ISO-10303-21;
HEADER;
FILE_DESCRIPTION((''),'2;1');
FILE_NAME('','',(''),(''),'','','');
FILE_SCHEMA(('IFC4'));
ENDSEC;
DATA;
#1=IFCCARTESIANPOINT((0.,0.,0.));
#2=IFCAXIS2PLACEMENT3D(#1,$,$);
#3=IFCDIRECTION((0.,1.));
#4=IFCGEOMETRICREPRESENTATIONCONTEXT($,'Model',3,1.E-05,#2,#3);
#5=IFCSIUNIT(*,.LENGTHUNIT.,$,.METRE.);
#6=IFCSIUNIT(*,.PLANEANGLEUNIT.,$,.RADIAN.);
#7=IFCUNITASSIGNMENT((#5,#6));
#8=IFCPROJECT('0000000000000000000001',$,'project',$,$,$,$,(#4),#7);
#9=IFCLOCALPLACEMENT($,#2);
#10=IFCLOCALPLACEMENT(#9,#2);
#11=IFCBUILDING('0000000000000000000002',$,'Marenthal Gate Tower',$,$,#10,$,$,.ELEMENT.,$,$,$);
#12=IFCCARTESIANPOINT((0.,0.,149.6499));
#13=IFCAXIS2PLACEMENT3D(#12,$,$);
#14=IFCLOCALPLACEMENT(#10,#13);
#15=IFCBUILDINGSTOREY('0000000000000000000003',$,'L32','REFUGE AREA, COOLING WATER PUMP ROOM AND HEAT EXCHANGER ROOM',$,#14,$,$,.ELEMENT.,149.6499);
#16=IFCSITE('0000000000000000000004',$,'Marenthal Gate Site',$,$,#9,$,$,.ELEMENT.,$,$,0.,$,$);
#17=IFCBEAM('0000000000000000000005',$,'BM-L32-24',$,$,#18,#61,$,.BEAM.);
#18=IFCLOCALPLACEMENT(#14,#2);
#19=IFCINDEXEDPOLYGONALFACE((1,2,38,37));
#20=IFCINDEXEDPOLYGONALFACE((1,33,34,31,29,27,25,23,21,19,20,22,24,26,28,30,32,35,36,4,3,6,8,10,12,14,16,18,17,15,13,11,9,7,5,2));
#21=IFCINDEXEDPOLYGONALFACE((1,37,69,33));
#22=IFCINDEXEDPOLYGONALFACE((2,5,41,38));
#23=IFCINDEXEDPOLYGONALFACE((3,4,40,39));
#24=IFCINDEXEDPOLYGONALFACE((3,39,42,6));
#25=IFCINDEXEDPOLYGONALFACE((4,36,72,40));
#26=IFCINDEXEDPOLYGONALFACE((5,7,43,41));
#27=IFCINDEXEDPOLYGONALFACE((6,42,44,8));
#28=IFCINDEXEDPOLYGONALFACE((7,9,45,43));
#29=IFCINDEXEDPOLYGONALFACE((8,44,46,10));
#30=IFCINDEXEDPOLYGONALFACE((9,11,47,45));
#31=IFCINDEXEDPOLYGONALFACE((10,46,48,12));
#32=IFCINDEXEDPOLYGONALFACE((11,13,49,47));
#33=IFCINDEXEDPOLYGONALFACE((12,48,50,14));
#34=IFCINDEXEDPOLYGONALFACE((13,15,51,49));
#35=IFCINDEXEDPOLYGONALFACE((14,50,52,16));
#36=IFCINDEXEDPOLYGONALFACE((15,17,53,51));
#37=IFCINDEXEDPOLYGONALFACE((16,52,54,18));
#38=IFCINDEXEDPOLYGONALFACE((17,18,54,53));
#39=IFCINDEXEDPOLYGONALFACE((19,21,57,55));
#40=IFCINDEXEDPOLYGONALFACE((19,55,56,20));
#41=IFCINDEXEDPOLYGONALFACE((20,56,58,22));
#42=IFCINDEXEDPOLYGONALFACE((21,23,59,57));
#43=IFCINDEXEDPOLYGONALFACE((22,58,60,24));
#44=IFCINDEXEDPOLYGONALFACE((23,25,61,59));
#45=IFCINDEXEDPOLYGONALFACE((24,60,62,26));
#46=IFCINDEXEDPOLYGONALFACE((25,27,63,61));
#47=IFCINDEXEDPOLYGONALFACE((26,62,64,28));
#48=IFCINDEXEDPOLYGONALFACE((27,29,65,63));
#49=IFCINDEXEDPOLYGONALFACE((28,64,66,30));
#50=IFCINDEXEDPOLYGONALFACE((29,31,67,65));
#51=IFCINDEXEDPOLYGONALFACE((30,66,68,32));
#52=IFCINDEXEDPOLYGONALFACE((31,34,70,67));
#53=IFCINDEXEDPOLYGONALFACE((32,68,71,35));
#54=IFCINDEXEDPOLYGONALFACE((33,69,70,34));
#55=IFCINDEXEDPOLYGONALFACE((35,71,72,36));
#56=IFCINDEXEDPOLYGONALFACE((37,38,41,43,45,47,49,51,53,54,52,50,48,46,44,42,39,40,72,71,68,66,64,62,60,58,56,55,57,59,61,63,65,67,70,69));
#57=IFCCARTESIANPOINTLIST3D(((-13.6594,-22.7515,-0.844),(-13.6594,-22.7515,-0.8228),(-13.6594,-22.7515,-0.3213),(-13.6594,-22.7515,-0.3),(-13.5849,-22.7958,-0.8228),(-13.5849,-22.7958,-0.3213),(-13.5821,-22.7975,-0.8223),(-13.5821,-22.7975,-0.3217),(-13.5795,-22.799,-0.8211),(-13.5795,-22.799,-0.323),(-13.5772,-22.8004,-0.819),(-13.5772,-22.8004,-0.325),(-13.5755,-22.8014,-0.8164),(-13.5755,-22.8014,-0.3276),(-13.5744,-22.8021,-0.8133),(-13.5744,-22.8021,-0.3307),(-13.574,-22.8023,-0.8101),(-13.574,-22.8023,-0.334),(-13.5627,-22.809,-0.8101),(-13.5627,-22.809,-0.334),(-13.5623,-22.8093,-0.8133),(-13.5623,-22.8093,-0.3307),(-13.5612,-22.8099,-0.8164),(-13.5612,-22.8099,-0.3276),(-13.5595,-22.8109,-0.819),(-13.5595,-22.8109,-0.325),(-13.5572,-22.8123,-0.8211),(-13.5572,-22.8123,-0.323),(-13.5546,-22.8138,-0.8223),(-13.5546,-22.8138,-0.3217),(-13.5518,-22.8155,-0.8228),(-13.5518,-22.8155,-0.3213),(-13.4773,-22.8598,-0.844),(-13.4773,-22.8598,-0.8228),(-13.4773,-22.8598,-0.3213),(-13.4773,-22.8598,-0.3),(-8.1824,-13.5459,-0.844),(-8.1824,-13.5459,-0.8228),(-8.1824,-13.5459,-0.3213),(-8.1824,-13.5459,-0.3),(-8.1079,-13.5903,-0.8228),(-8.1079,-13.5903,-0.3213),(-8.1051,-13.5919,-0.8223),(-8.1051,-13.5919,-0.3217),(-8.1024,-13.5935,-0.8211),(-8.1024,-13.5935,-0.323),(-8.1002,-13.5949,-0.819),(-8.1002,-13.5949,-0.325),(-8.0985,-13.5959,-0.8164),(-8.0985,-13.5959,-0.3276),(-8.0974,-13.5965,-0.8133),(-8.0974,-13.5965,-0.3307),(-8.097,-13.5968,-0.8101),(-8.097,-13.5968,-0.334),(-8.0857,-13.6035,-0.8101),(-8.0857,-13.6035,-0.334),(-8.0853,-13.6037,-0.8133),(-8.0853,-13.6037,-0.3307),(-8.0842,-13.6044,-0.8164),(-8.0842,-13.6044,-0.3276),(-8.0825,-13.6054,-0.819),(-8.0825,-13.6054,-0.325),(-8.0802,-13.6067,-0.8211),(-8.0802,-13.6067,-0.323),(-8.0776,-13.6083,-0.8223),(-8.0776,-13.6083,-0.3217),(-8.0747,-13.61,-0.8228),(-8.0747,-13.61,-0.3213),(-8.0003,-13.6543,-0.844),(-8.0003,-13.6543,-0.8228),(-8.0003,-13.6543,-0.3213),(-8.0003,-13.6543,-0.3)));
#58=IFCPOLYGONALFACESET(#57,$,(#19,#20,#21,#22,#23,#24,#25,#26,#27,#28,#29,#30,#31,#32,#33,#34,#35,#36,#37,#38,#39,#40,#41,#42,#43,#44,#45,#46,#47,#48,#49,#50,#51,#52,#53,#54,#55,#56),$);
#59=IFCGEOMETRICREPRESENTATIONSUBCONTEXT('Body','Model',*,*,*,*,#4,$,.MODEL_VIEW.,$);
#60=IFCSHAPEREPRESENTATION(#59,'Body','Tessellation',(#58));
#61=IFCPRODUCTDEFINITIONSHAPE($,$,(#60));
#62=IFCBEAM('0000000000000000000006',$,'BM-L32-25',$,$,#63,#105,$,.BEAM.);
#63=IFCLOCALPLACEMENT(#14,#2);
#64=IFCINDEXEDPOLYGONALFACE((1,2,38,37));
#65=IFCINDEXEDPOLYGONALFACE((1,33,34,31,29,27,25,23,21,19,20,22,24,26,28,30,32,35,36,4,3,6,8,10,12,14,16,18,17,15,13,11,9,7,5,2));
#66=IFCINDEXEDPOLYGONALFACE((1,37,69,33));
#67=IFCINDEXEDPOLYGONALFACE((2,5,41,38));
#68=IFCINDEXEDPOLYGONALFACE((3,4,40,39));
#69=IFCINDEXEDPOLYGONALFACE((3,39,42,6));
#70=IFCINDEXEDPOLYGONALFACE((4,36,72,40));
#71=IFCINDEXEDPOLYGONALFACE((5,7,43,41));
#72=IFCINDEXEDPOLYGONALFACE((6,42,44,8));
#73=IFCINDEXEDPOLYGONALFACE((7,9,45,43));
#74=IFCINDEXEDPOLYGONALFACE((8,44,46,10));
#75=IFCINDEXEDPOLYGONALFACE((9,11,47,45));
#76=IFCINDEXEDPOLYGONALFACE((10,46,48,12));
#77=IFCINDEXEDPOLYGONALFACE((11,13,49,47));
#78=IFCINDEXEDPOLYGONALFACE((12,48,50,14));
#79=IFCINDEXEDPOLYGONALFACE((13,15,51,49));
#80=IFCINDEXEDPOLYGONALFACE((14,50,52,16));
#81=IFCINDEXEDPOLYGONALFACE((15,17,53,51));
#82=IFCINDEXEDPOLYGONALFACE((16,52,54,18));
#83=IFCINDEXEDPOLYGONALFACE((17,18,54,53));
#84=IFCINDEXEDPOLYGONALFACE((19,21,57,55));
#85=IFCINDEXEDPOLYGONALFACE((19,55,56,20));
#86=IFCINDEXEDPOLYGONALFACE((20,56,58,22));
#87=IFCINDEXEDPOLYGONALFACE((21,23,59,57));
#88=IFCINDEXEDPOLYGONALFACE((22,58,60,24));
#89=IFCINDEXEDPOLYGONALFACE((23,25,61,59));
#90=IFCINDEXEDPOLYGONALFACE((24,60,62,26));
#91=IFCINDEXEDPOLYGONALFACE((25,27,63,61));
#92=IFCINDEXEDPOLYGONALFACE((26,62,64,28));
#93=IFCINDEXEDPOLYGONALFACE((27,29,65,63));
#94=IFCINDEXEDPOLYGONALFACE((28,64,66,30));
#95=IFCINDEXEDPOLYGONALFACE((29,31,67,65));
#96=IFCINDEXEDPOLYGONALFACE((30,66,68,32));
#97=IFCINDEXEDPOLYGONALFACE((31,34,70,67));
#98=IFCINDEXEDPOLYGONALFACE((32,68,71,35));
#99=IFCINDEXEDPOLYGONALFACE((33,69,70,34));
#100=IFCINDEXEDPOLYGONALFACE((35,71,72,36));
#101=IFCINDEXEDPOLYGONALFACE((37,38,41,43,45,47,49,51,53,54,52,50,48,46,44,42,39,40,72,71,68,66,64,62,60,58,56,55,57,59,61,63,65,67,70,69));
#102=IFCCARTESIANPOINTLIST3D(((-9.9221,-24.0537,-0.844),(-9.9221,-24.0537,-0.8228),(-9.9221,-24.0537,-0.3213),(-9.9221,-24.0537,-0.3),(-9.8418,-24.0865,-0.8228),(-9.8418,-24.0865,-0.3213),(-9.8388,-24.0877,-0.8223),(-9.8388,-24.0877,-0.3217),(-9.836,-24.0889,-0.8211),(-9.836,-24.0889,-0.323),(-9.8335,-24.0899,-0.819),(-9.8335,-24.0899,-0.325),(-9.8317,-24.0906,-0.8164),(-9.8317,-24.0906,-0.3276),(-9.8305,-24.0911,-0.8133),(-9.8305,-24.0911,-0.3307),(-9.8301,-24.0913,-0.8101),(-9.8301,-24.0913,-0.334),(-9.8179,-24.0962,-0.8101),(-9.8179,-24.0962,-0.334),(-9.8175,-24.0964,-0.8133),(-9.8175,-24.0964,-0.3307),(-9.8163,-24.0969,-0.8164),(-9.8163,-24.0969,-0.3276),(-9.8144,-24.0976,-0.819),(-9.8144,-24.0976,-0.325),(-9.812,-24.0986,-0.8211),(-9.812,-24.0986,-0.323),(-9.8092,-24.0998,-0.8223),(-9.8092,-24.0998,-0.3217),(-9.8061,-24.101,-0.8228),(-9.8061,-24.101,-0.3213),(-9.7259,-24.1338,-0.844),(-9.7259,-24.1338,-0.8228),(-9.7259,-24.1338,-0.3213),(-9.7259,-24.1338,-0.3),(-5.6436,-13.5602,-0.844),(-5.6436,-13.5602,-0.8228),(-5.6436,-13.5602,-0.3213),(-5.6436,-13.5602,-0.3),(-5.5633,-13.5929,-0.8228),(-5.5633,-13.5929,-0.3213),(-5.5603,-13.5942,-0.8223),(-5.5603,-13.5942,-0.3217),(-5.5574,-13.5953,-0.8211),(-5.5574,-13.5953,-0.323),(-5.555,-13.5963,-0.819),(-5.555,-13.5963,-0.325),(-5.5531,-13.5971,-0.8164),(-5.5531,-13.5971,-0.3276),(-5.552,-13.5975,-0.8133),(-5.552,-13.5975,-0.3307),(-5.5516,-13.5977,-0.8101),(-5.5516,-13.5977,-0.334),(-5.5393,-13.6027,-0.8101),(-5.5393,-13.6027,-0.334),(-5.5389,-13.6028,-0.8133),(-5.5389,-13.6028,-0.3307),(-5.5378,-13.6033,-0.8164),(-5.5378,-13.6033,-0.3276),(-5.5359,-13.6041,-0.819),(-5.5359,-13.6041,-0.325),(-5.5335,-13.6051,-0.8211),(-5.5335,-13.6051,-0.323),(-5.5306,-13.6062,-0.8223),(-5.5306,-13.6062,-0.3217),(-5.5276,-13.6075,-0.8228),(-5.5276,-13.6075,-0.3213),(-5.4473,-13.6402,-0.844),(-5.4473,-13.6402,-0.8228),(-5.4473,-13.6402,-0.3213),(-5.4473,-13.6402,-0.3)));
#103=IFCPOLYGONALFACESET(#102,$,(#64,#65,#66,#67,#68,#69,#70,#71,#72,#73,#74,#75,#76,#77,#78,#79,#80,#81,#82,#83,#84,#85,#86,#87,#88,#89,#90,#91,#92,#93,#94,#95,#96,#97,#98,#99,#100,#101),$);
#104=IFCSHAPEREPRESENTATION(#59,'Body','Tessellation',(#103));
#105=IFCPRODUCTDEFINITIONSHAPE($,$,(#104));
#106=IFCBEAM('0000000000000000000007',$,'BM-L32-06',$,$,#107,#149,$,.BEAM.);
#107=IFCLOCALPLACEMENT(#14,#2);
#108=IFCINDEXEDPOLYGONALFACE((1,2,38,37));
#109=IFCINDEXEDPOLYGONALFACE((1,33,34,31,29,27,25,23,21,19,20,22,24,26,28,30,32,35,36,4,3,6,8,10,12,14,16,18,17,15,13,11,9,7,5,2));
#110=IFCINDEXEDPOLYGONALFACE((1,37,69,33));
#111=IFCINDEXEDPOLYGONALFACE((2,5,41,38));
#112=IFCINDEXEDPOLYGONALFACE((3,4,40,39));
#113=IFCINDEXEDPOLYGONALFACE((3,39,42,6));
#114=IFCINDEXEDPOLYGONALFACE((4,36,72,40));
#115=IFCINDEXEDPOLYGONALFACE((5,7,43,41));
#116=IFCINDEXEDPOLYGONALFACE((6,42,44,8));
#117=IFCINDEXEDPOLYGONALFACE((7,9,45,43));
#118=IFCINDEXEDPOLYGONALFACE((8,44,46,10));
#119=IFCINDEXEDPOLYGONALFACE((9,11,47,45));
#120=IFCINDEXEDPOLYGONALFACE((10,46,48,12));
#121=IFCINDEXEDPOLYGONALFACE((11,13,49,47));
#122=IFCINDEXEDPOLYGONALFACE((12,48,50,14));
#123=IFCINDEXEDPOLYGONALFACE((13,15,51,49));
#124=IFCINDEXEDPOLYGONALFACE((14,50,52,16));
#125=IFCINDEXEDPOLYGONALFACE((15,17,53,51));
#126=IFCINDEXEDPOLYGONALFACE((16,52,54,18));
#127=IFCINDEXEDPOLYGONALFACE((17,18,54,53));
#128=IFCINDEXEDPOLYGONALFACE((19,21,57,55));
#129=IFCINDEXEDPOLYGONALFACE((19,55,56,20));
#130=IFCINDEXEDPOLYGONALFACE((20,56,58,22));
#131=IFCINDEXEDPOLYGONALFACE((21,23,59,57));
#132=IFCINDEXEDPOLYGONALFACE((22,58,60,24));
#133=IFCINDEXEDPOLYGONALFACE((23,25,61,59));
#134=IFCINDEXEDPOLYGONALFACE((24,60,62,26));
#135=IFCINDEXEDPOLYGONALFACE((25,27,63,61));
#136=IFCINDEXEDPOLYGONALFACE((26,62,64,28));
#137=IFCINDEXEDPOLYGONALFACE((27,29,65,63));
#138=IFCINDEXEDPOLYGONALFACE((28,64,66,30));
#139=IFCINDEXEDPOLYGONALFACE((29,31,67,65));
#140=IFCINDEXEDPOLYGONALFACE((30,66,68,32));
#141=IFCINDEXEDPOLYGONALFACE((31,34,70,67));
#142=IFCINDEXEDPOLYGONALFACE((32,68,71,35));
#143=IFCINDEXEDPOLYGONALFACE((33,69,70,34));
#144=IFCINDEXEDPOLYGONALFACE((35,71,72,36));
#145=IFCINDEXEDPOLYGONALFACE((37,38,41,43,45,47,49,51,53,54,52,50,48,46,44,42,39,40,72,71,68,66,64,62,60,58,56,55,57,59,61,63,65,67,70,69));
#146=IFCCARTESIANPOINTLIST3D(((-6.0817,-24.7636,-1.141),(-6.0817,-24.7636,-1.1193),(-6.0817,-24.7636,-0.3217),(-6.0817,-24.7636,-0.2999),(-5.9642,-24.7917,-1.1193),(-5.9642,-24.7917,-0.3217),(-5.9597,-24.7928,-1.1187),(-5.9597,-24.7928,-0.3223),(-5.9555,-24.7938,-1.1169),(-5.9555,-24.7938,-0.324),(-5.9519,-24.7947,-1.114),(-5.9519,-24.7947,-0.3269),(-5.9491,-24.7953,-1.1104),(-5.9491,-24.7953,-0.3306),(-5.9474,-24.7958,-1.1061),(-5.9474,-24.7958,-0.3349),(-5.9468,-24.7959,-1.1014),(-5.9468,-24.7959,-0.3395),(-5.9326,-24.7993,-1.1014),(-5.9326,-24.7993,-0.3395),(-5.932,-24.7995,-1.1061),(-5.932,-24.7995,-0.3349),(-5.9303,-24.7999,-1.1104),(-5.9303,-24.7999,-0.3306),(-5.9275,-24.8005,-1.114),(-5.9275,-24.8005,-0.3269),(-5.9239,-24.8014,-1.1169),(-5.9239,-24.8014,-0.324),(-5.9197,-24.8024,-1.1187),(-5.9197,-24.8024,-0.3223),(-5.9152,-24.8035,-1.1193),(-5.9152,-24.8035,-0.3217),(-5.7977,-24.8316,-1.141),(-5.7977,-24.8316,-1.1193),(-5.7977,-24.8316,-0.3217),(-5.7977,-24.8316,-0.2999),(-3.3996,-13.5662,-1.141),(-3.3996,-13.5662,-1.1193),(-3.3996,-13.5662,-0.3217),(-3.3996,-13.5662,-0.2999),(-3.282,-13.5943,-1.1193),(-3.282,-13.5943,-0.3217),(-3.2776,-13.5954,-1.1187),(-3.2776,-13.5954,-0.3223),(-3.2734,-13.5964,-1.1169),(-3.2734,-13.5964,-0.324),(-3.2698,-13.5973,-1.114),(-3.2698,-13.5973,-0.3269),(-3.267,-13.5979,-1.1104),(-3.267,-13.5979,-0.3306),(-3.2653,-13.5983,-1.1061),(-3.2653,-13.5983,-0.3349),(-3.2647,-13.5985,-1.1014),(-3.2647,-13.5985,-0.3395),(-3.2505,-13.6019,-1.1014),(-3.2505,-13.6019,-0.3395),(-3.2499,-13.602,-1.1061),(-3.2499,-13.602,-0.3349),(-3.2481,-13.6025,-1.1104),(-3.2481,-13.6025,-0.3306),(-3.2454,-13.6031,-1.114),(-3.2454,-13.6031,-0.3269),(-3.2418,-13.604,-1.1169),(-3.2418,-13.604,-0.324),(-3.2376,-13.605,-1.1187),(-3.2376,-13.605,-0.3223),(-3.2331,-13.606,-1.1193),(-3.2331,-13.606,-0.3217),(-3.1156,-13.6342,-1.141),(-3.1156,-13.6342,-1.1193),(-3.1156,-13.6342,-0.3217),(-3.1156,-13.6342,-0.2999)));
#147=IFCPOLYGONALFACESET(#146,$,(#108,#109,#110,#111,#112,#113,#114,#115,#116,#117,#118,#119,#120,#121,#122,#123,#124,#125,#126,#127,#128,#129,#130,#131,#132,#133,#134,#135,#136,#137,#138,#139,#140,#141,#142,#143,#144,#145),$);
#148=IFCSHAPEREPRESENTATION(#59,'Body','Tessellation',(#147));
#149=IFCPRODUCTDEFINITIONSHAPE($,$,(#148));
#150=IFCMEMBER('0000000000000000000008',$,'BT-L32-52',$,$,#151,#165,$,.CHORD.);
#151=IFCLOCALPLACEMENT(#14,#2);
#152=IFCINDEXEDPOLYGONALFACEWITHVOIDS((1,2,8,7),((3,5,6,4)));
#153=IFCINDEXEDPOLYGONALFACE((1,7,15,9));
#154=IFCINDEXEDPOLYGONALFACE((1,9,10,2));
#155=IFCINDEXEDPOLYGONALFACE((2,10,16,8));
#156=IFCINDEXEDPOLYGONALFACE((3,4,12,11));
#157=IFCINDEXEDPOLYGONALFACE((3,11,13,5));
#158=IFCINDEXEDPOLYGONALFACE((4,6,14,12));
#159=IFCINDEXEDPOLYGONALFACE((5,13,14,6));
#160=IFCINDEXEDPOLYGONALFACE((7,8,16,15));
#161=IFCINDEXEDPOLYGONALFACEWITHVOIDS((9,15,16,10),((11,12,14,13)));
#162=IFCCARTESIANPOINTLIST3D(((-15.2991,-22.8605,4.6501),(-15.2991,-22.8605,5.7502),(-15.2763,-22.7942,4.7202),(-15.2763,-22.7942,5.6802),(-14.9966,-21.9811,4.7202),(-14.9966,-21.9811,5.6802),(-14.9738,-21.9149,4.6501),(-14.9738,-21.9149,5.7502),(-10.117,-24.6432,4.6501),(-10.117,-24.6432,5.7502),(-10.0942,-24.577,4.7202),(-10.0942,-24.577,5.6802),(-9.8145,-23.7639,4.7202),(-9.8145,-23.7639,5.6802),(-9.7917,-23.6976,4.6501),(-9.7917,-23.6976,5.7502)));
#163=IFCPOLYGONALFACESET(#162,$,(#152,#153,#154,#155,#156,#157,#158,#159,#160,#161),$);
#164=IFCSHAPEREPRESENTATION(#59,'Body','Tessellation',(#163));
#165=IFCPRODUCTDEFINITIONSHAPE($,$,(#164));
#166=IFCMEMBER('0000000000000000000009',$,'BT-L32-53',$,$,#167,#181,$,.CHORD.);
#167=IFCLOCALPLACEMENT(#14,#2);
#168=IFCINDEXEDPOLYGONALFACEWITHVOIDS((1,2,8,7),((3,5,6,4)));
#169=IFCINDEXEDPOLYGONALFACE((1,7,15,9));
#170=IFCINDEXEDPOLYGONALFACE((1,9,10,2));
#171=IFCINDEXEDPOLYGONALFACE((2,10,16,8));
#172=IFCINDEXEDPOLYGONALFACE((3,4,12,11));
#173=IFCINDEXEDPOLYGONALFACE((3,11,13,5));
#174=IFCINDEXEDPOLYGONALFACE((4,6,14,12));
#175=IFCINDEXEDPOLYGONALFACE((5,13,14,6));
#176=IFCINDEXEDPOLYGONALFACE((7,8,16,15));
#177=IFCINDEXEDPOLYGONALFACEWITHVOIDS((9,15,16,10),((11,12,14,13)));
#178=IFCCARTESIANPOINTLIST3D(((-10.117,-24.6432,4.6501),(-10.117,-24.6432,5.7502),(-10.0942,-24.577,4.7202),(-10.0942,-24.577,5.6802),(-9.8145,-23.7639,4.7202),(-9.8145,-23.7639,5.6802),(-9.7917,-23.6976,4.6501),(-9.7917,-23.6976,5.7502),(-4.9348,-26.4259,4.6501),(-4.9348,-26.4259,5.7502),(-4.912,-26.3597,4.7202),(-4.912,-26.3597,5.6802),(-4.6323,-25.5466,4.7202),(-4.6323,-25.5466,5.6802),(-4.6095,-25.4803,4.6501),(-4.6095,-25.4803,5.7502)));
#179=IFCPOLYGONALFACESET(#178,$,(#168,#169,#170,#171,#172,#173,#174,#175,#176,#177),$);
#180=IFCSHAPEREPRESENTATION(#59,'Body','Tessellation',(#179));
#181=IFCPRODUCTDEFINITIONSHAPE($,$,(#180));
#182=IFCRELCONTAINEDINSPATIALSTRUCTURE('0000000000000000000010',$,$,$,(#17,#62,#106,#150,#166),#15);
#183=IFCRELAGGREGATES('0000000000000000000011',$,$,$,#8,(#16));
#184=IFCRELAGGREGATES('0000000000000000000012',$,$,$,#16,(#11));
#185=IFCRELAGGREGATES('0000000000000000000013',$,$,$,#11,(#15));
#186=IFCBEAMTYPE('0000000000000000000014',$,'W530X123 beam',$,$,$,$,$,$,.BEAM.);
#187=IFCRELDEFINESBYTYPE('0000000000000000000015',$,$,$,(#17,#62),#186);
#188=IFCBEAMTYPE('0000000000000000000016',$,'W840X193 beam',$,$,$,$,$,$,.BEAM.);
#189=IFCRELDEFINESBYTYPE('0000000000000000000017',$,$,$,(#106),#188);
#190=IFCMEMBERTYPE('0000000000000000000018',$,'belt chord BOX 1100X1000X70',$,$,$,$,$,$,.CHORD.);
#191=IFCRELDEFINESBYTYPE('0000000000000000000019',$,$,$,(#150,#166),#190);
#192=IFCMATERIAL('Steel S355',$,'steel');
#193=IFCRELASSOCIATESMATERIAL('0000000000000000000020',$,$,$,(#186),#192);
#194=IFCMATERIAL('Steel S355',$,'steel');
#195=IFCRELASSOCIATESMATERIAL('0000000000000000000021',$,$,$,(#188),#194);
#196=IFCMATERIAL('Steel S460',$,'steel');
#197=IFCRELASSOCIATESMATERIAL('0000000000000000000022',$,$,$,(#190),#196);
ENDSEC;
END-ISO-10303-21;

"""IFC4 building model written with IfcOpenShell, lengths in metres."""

from ifc_helpers import new_model, si_unit, direction, frame, origin, origin_2d, place, context, subcontext, project, spatial, hollow_rectangle, i_section, extrude, material, material_profile, profile_set, type_object, element, save


model = new_model("IFC4")

# Units and contexts
model_context = context("Model", 3, precision=1e-05, world=origin(), true_north=direction((0.0, 1.0)))
body_context = subcontext(model_context, "Body", "Model", "MODEL_VIEW")
ifc_project = project(units=[si_unit("LENGTHUNIT", "METRE"), si_unit("PLANEANGLEUNIT", "RADIAN")], contexts=[model_context])

# Site, building, storey
site_placement = place(None, origin())
site = spatial("IfcSite", under=ifc_project, at=site_placement, Name="Marenthal Gate Site", CompositionType="ELEMENT", RefElevation=0.0)
building_placement = place(site_placement, origin())
building = spatial("IfcBuilding", under=site, at=building_placement, Name="Marenthal Gate Tower", CompositionType="ELEMENT")
storey_placement = place(building_placement, frame((0.0, 0.0, 149.6499)))
storey = spatial("IfcBuildingStorey", under=building, at=storey_placement, Name="L32", Description="REFUGE AREA, COOLING WATER PUMP ROOM AND HEAT EXCHANGER ROOM", CompositionType="ELEMENT", Elevation=149.6499)

# Beams
ifc_material_1 = material(Name="Steel S355", Category="steel")
ifc_material_profile_1 = material_profile(ifc_material_1, i_section(OverallWidth=0.2119, OverallDepth=0.5439, WebThickness=0.0132, FlangeThickness=0.0212, FilletRadius=0.0127, at=origin_2d()), Name="W530X123")
ifc_profile_set_1 = profile_set([ifc_material_profile_1], Name="Steel S355")
beam_type_1 = type_object("IfcBeamType", Name="W530X123 beam", PredefinedType="BEAM", material=ifc_profile_set_1)
beam_1_placement = place(storey_placement, frame((-13.5684, -22.8057, -0.572), z_axis=(0.511315, 0.859394, 0.0), x_axis=(-0.859394, 0.511315, 0.0)))
element("IfcBeam", 1, at=beam_1_placement, inside=storey, type_object=beam_type_1, Name="BM-L32-24", PredefinedType="BEAM", context=body_context, shape_type="SweptSolid", body=[
    extrude(i_section(OverallWidth=0.2119, OverallDepth=0.5439, WebThickness=0.0132, FlangeThickness=0.0212, FilletRadius=0.0127, at=origin_2d()), origin(), (0.0, 0.0, 1.0), 10.7117),
])
beam_2_placement = place(storey_placement, frame((-9.824, -24.0938, -0.572), z_axis=(0.377552, 0.925988, 0.0), x_axis=(-0.925988, 0.377552, 0.0)))
element("IfcBeam", 2, at=beam_2_placement, inside=storey, type_object=beam_type_1, Name="BM-L32-25", PredefinedType="BEAM", context=body_context, shape_type="SweptSolid", body=[
    extrude(i_section(OverallWidth=0.2119, OverallDepth=0.5439, WebThickness=0.0132, FlangeThickness=0.0212, FilletRadius=0.0127, at=origin_2d()), origin(), (0.0, 0.0, 1.0), 11.3323),
])
ifc_material_2 = material(Name="Steel S355", Category="steel")
ifc_material_profile_2 = material_profile(ifc_material_2, i_section(OverallWidth=0.292, OverallDepth=0.8411, WebThickness=0.0146, FlangeThickness=0.0217, FilletRadius=0.0178, at=origin_2d()), Name="W840X193")
ifc_profile_set_2 = profile_set([ifc_material_profile_2], Name="Steel S355")
beam_type_2 = type_object("IfcBeamType", Name="W840X193 beam", PredefinedType="BEAM", material=ifc_profile_set_2)
beam_3_placement = place(storey_placement, frame((-5.9397, -24.7976, -0.7205), z_axis=(0.23294, 0.972491, 0.0), x_axis=(-0.972491, 0.23294, 0.0)))
element("IfcBeam", 3, at=beam_3_placement, inside=storey, type_object=beam_type_2, Name="BM-L32-06", PredefinedType="BEAM", context=body_context, shape_type="SweptSolid", body=[
    extrude(i_section(OverallWidth=0.292, OverallDepth=0.8411, WebThickness=0.0146, FlangeThickness=0.0217, FilletRadius=0.0178, at=origin_2d()), origin(), (0.0, 0.0, 1.0), 11.5142),
])

# Members
ifc_material_3 = material(Name="Steel S460", Category="steel")
ifc_material_profile_3 = material_profile(ifc_material_3, hollow_rectangle(XDim=1.0, YDim=1.1001, WallThickness=0.0701, at=origin_2d()), Name="BOX 1100X1000X70")
ifc_profile_set_3 = profile_set([ifc_material_profile_3], Name="Steel S460")
member_type_1 = type_object("IfcMemberType", Name="belt chord BOX 1100X1000X70", PredefinedType="CHORD", material=ifc_profile_set_3)
for number, where, z_axis, x_axis, name in (
    (4, (-15.1365, -22.3877, 5.2002), (0.94561, -0.325301, 0.0), (0.325301, 0.94561, 0.0), "BT-L32-52"),
    (5, (-9.9543, -24.1704, 5.2002), (0.94561, -0.325301, 0.0), (0.325301, 0.94561, 0.0), "BT-L32-53"),
):
    element("IfcMember", number, at=place(storey_placement, frame(where, z_axis=z_axis, x_axis=x_axis)), inside=storey, type_object=member_type_1, Name=name, PredefinedType="CHORD", context=body_context, shape_type="SweptSolid", body=[
        extrude(hollow_rectangle(XDim=1.0, YDim=1.1001, WallThickness=0.0701, at=origin_2d()), origin(), (0.0, 0.0, 1.0), 5.4802),
    ])

save(model, "model.ifc")
